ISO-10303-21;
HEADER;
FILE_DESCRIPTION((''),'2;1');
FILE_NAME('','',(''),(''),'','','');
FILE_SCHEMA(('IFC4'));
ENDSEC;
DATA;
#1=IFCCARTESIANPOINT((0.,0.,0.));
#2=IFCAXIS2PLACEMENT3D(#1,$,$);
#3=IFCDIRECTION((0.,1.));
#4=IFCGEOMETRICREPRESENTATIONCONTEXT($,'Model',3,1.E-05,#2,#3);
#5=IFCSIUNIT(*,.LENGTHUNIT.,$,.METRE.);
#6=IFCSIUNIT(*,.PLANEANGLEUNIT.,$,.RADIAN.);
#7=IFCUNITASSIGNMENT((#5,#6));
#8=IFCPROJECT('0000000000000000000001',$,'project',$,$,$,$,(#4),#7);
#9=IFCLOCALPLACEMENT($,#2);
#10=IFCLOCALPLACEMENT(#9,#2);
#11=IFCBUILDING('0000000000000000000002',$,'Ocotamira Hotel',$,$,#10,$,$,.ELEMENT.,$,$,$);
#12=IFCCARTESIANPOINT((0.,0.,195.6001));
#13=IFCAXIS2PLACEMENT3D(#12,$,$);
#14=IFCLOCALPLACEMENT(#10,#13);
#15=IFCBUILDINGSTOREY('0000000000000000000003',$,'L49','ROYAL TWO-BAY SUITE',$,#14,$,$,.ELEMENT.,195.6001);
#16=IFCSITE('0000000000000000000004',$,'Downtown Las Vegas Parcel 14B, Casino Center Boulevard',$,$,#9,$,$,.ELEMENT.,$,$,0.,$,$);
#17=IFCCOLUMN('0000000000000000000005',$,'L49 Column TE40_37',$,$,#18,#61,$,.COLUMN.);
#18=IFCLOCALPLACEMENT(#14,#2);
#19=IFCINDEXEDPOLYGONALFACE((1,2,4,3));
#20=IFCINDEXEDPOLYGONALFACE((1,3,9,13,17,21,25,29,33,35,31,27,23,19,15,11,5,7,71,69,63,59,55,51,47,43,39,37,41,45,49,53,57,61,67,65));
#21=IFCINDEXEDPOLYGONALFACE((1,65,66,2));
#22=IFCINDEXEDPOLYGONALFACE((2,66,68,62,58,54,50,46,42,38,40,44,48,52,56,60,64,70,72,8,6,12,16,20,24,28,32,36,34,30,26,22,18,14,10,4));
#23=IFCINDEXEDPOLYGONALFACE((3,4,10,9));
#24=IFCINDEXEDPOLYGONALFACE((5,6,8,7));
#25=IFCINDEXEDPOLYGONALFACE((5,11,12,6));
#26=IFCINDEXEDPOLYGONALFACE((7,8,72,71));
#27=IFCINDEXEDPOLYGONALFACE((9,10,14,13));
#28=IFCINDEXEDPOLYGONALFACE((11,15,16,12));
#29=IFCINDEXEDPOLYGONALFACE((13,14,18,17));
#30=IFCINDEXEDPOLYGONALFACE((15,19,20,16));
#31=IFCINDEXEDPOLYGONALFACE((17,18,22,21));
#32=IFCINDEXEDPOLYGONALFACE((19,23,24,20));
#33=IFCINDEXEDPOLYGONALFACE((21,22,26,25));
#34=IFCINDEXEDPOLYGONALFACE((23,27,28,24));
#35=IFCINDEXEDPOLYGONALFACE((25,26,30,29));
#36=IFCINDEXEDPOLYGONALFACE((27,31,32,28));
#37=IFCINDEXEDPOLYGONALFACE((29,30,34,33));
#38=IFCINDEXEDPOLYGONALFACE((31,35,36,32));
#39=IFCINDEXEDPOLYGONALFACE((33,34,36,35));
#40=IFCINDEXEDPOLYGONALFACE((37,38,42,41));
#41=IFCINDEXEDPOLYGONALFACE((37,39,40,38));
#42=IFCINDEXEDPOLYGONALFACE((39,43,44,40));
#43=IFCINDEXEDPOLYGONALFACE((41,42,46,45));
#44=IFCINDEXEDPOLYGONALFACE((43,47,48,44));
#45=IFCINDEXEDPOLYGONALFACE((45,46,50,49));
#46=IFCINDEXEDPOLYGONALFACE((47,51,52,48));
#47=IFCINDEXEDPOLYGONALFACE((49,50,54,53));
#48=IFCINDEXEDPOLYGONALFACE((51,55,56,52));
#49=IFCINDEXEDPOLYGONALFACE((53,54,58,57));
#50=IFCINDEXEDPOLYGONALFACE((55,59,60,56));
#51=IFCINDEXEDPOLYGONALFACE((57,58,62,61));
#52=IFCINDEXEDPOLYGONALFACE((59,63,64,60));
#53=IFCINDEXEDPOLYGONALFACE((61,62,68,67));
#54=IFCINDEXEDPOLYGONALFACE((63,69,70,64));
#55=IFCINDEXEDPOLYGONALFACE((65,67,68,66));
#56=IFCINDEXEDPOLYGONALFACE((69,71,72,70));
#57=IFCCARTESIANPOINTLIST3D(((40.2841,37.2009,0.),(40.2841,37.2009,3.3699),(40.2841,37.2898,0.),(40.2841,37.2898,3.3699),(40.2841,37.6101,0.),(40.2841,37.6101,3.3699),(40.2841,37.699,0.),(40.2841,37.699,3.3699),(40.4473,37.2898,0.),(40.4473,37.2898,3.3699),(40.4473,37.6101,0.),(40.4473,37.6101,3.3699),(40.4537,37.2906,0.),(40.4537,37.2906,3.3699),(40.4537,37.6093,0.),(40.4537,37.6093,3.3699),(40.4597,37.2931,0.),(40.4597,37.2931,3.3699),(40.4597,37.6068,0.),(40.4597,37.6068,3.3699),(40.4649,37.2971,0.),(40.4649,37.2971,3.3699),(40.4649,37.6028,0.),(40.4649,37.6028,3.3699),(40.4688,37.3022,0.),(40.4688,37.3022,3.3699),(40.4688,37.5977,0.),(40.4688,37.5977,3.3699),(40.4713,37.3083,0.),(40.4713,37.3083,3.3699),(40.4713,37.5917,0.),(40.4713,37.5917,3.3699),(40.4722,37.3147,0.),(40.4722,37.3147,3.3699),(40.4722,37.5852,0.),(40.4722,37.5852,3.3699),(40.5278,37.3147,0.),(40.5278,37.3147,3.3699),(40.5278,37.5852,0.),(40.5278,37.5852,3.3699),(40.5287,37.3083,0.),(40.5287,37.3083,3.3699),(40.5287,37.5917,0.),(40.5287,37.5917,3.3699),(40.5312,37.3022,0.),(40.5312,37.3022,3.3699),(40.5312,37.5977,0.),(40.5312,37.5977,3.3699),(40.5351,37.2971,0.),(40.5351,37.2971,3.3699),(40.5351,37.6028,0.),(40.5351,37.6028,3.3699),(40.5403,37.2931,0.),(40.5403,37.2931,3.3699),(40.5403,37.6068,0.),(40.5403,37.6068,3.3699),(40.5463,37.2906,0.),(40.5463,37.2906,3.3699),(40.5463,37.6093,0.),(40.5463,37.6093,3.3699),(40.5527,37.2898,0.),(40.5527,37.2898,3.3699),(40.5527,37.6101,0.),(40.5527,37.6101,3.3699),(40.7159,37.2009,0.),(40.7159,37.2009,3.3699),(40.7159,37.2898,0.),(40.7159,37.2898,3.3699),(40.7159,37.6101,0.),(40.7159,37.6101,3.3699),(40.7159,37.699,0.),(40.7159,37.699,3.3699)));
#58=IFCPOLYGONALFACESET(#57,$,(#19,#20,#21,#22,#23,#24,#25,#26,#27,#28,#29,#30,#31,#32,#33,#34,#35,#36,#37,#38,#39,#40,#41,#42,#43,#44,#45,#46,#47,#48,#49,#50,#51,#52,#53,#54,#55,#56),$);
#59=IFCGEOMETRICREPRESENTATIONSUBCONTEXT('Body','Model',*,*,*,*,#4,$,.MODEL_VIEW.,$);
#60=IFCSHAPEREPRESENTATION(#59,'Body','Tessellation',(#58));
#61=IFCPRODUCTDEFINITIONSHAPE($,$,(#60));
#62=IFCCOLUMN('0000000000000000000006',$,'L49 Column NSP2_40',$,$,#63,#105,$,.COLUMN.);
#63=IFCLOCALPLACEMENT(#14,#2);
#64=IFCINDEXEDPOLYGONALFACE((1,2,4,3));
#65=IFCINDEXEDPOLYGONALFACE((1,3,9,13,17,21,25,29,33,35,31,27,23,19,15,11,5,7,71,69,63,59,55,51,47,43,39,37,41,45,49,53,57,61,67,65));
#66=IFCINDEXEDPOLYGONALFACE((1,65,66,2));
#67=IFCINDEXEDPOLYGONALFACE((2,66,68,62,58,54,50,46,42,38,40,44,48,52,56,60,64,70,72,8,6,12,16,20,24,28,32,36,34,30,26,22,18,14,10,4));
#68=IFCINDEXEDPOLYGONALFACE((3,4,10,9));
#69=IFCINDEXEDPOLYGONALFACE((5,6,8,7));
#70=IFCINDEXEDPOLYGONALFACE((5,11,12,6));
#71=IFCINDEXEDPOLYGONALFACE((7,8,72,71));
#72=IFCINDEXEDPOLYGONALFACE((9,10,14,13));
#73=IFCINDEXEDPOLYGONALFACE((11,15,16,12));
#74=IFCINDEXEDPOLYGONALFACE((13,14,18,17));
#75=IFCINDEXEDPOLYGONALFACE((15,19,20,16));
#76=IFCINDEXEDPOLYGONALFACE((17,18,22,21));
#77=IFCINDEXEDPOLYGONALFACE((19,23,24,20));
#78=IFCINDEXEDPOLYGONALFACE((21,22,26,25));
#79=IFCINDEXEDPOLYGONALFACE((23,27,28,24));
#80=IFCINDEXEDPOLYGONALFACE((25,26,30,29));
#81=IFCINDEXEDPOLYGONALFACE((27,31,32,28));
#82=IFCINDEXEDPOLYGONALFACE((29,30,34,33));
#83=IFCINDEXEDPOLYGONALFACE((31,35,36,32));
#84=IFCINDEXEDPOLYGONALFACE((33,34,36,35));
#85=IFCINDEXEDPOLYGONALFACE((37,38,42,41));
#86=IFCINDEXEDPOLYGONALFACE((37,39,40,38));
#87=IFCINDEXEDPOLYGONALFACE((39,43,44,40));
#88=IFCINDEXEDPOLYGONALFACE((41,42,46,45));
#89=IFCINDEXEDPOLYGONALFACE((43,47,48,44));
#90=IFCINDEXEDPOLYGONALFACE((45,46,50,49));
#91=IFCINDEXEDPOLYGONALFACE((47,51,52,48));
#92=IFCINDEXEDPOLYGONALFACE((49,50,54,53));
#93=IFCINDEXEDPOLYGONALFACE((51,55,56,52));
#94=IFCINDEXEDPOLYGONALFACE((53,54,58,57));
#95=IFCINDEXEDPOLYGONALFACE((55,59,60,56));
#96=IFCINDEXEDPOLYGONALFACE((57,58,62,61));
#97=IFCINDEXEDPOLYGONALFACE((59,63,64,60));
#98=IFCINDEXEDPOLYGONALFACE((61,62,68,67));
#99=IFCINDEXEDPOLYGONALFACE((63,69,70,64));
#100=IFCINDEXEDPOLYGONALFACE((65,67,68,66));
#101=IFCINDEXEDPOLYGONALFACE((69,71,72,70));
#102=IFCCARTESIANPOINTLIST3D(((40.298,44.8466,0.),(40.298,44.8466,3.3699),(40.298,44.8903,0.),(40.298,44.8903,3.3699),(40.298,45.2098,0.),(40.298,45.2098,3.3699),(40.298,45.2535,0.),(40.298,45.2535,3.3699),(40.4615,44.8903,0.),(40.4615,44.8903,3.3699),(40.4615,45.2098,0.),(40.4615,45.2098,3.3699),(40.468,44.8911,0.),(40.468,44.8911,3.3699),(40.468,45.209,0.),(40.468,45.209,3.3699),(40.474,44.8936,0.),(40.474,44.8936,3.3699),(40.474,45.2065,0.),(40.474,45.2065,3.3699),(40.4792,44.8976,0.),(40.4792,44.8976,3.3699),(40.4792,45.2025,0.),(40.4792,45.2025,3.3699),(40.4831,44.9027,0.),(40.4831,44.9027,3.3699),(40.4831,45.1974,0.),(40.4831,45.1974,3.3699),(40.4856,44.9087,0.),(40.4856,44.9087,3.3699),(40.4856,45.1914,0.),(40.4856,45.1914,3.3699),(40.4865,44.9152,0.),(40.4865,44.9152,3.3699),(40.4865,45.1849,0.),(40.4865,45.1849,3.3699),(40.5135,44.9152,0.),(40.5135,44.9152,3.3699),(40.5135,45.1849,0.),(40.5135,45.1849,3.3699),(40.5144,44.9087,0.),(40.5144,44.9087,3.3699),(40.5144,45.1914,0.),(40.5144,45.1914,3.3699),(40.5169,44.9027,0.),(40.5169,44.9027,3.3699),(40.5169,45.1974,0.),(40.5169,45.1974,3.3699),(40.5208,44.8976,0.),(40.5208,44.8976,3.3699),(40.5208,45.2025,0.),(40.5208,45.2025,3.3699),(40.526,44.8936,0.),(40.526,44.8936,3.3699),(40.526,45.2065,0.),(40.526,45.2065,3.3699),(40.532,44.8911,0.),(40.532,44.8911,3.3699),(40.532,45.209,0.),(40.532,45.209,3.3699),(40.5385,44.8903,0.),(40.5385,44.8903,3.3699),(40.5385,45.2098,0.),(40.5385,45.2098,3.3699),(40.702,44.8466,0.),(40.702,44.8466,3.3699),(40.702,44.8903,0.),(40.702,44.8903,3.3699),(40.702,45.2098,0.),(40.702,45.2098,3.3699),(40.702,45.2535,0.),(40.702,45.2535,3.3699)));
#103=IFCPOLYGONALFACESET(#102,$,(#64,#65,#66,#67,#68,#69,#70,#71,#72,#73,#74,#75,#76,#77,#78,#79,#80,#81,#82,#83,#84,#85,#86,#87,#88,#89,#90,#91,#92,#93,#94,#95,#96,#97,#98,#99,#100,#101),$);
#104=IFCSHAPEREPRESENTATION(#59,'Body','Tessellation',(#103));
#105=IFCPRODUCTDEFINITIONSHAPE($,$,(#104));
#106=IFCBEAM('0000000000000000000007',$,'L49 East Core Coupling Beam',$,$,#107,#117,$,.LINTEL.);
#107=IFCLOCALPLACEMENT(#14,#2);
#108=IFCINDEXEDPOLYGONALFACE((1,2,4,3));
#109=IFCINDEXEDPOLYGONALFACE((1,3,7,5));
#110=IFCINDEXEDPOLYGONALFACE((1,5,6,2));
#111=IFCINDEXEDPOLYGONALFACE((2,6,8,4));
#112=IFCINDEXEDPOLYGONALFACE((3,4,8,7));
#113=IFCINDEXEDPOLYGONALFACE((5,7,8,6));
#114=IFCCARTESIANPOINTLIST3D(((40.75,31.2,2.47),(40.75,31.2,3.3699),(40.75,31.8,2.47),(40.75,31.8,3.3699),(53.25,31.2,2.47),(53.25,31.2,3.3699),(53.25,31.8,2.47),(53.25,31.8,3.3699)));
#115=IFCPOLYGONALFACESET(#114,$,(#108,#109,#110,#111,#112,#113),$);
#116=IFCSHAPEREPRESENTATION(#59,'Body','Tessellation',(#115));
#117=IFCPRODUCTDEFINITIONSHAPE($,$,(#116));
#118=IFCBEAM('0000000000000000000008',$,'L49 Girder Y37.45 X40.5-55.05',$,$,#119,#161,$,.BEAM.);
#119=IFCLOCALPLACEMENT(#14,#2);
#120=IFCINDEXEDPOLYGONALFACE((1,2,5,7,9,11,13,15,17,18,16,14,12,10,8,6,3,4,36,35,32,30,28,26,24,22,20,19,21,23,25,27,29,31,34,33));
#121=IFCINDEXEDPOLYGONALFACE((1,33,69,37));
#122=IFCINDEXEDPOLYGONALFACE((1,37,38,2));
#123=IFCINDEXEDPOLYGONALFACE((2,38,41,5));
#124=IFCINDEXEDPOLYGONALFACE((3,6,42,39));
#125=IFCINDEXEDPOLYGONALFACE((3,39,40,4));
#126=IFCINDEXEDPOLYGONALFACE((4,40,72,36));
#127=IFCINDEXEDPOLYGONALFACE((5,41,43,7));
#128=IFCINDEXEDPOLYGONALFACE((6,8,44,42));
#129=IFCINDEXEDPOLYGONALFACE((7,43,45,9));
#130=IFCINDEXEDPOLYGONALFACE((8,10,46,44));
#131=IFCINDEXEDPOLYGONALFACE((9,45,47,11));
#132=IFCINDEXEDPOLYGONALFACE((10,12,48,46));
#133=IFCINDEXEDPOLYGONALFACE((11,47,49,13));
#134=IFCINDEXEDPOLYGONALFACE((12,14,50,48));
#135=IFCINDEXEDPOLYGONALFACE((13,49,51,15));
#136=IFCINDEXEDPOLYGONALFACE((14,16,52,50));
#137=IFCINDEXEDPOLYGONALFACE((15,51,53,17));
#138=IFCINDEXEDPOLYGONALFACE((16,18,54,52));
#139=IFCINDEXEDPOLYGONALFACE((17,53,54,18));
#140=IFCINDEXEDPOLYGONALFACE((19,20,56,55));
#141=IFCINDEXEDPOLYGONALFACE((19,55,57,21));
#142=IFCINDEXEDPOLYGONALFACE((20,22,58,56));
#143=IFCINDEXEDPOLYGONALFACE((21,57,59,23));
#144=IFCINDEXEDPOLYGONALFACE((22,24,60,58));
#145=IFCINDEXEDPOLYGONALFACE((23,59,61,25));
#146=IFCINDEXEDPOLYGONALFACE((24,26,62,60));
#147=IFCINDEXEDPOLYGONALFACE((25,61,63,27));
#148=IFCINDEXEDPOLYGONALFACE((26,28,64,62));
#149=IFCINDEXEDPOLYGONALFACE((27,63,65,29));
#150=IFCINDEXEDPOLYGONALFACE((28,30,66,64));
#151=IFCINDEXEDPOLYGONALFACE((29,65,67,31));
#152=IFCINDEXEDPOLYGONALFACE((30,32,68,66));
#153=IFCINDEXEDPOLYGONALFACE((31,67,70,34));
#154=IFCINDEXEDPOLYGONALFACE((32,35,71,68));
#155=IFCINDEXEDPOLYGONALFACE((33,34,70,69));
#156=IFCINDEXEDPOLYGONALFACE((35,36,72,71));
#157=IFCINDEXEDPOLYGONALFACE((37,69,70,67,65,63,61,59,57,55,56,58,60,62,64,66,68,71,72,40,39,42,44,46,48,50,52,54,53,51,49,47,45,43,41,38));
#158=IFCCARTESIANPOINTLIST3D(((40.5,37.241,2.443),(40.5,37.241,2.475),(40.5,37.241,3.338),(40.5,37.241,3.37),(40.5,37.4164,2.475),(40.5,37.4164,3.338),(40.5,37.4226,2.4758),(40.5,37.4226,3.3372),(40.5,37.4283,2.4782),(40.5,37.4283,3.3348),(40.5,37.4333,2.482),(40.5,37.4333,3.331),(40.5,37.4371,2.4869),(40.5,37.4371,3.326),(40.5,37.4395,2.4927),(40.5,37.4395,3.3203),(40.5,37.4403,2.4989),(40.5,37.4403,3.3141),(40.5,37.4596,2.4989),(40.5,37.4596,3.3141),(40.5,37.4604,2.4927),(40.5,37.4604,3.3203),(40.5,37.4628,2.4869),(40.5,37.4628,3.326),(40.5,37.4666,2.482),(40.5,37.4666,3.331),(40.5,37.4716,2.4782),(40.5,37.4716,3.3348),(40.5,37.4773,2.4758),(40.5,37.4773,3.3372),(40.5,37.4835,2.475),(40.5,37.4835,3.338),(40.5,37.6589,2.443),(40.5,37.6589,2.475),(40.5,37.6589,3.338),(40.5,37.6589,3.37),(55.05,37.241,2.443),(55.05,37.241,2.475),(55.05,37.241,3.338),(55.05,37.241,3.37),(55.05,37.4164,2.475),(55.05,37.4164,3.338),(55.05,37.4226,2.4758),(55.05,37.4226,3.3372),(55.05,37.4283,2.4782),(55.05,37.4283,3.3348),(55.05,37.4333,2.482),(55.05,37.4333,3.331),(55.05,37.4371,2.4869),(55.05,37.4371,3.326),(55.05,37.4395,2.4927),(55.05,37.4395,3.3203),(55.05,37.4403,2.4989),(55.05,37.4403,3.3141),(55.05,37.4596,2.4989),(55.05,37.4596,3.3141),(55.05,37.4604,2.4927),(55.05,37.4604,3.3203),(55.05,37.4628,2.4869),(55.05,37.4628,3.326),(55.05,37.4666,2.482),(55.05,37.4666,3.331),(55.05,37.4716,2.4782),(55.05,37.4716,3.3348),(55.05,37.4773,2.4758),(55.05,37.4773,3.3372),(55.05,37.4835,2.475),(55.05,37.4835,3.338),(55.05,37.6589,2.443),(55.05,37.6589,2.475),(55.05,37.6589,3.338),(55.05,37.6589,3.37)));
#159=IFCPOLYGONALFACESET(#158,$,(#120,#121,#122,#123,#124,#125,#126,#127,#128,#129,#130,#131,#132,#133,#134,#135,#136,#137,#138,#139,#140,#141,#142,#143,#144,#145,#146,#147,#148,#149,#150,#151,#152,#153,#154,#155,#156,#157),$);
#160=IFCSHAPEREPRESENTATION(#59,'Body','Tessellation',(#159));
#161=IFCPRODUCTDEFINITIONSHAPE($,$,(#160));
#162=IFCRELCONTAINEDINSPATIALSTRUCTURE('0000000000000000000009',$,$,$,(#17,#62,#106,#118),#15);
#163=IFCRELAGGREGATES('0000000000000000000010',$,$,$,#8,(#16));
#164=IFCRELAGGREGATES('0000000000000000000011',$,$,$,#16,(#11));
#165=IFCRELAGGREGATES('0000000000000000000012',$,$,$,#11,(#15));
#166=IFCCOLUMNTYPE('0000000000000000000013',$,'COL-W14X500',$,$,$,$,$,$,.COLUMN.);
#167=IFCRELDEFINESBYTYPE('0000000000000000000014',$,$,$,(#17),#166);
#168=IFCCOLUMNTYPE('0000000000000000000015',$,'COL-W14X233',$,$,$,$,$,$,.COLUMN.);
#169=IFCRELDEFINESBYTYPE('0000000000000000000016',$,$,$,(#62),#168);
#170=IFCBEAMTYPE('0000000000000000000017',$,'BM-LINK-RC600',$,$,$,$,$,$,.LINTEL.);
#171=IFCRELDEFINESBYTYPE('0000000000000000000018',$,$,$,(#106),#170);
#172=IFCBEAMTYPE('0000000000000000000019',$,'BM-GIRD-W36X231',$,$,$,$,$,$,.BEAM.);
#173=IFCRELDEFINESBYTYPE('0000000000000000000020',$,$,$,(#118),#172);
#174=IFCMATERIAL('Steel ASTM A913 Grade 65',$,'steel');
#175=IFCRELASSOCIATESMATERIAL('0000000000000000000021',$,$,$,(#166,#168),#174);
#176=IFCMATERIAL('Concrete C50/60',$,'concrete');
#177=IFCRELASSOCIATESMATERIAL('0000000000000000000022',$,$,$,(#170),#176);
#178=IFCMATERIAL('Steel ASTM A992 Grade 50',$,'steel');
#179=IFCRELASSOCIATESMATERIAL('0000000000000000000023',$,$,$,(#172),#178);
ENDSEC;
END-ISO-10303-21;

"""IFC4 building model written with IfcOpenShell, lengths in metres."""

from ifc_helpers import new_model, si_unit, direction, frame, origin, origin_2d, place, context, subcontext, project, spatial, rectangle, i_section, extrude, source, transform, mapped, material, material_profile, profile_set, type_object, element, save


model = new_model("IFC4")

# Units and contexts
model_context = context("Model", 3, precision=1e-05, world=origin(), true_north=direction((0.0, 1.0)))
body_context = subcontext(model_context, "Body", "Model", "MODEL_VIEW")
ifc_project = project(units=[si_unit("LENGTHUNIT", "METRE"), si_unit("PLANEANGLEUNIT", "RADIAN")], contexts=[model_context])

# Site, building, storey
site_placement = place(None, origin())
site = spatial("IfcSite", under=ifc_project, at=site_placement, Name="Downtown Las Vegas Parcel 14B, Casino Center Boulevard", CompositionType="ELEMENT", RefElevation=0.0)
building_placement = place(site_placement, origin())
building = spatial("IfcBuilding", under=site, at=building_placement, Name="Ocotamira Hotel", CompositionType="ELEMENT")
storey_placement = place(building_placement, frame((0.0, 0.0, 195.6001)))
storey = spatial("IfcBuildingStorey", under=building, at=storey_placement, Name="L49", Description="ROYAL TWO-BAY SUITE", CompositionType="ELEMENT", Elevation=195.6001)

# Columns
ifc_material_1 = material(Name="Steel ASTM A913 Grade 65", Category="steel")
ifc_material_profile_1 = material_profile(ifc_material_1, i_section(OverallWidth=0.4319, OverallDepth=0.498, WebThickness=0.0557, FlangeThickness=0.0889, FilletRadius=0.0249, at=origin_2d()), Name="W14X500")
ifc_profile_set_1 = profile_set([ifc_material_profile_1], Name="Steel ASTM A913 Grade 65")
column_type_1 = type_object("IfcColumnType", Name="COL-W14X500", PredefinedType="COLUMN", material=ifc_profile_set_1)
shared_shape_1 = source(origin(), body_context, "Body", "SweptSolid", [
    extrude(i_section(OverallWidth=0.4319, OverallDepth=0.498, WebThickness=0.0557, FlangeThickness=0.0889, FilletRadius=0.0249, at=origin_2d()), origin(), (0.0, 0.0, 1.0), 3.3699),
])
column_1_placement = place(storey_placement, frame((40.5, 37.45, 0.0), z_axis=(0.0, 0.0, 1.0), x_axis=(1.0, 0.0, 0.0)))
element("IfcColumn", 1, at=column_1_placement, inside=storey, type_object=column_type_1, Name="L49 Column TE40_37", PredefinedType="COLUMN", context=body_context, shape_type="MappedRepresentation", body=[
    mapped(shared_shape_1, transform((0.0, 0.0, 0.0), scale=1.0)),
])
ifc_material_profile_2 = material_profile(ifc_material_1, i_section(OverallWidth=0.4041, OverallDepth=0.407, WebThickness=0.0271, FlangeThickness=0.0437, FilletRadius=0.0249, at=origin_2d()), Name="W14X233")
ifc_profile_set_2 = profile_set([ifc_material_profile_2], Name="Steel ASTM A913 Grade 65")
column_type_2 = type_object("IfcColumnType", Name="COL-W14X233", PredefinedType="COLUMN", material=ifc_profile_set_2)
shared_shape_2 = source(origin(), body_context, "Body", "SweptSolid", [
    extrude(i_section(OverallWidth=0.4041, OverallDepth=0.407, WebThickness=0.0271, FlangeThickness=0.0437, FilletRadius=0.0249, at=origin_2d()), origin(), (0.0, 0.0, 1.0), 3.3699),
])
column_2_placement = place(storey_placement, frame((40.5, 45.05, 0.0), z_axis=(0.0, 0.0, 1.0), x_axis=(1.0, 0.0, 0.0)))
element("IfcColumn", 2, at=column_2_placement, inside=storey, type_object=column_type_2, Name="L49 Column NSP2_40", PredefinedType="COLUMN", context=body_context, shape_type="MappedRepresentation", body=[
    mapped(shared_shape_2, transform((0.0, 0.0, 0.0), scale=1.0)),
])

# Beams
ifc_material_2 = material(Name="Concrete C50/60", Category="concrete")
ifc_material_profile_3 = material_profile(ifc_material_2, rectangle(XDim=0.6001, YDim=0.8999, at=origin_2d()), Name="RC600X900")
ifc_profile_set_3 = profile_set([ifc_material_profile_3], Name="Concrete C50/60")
beam_type_1 = type_object("IfcBeamType", Name="BM-LINK-RC600", PredefinedType="LINTEL", material=ifc_profile_set_3)
shared_shape_3 = source(origin(), body_context, "Body", "SweptSolid", [
    extrude(rectangle(XDim=0.6001, YDim=0.8999, at=origin_2d()), origin(), (0.0, 0.0, 1.0), 12.5),
])
beam_1_placement = place(storey_placement, frame((40.75, 31.5, 2.9199), z_axis=(1.0, 0.0, 0.0), x_axis=(0.0, 1.0, 0.0)))
element("IfcBeam", 3, at=beam_1_placement, inside=storey, type_object=beam_type_1, Name="L49 East Core Coupling Beam", PredefinedType="LINTEL", context=body_context, shape_type="MappedRepresentation", body=[
    mapped(shared_shape_3, transform((0.0, 0.0, 0.0), scale=1.0)),
])
ifc_material_3 = material(Name="Steel ASTM A992 Grade 50", Category="steel")
ifc_material_profile_4 = material_profile(ifc_material_3, i_section(OverallWidth=0.418, OverallDepth=0.927, WebThickness=0.0193, FlangeThickness=0.032, FilletRadius=0.0239, at=origin_2d()), Name="W36X231")
ifc_profile_set_4 = profile_set([ifc_material_profile_4], Name="Steel ASTM A992 Grade 50")
beam_type_2 = type_object("IfcBeamType", Name="BM-GIRD-W36X231", PredefinedType="BEAM", material=ifc_profile_set_4)
shared_shape_4 = source(origin(), body_context, "Body", "SweptSolid", [
    extrude(i_section(OverallWidth=0.418, OverallDepth=0.927, WebThickness=0.0193, FlangeThickness=0.032, FilletRadius=0.0239, at=origin_2d()), origin(), (0.0, 0.0, 1.0), 14.55),
])
beam_2_placement = place(storey_placement, frame((40.5, 37.45, 2.9065), z_axis=(1.0, 0.0, 0.0), x_axis=(0.0, 1.0, 0.0)))
element("IfcBeam", 4, at=beam_2_placement, inside=storey, type_object=beam_type_2, Name="L49 Girder Y37.45 X40.5-55.05", PredefinedType="BEAM", context=body_context, shape_type="MappedRepresentation", body=[
    mapped(shared_shape_4, transform((0.0, 0.0, 0.0), scale=1.0)),
])

save(model, "model.ifc")
